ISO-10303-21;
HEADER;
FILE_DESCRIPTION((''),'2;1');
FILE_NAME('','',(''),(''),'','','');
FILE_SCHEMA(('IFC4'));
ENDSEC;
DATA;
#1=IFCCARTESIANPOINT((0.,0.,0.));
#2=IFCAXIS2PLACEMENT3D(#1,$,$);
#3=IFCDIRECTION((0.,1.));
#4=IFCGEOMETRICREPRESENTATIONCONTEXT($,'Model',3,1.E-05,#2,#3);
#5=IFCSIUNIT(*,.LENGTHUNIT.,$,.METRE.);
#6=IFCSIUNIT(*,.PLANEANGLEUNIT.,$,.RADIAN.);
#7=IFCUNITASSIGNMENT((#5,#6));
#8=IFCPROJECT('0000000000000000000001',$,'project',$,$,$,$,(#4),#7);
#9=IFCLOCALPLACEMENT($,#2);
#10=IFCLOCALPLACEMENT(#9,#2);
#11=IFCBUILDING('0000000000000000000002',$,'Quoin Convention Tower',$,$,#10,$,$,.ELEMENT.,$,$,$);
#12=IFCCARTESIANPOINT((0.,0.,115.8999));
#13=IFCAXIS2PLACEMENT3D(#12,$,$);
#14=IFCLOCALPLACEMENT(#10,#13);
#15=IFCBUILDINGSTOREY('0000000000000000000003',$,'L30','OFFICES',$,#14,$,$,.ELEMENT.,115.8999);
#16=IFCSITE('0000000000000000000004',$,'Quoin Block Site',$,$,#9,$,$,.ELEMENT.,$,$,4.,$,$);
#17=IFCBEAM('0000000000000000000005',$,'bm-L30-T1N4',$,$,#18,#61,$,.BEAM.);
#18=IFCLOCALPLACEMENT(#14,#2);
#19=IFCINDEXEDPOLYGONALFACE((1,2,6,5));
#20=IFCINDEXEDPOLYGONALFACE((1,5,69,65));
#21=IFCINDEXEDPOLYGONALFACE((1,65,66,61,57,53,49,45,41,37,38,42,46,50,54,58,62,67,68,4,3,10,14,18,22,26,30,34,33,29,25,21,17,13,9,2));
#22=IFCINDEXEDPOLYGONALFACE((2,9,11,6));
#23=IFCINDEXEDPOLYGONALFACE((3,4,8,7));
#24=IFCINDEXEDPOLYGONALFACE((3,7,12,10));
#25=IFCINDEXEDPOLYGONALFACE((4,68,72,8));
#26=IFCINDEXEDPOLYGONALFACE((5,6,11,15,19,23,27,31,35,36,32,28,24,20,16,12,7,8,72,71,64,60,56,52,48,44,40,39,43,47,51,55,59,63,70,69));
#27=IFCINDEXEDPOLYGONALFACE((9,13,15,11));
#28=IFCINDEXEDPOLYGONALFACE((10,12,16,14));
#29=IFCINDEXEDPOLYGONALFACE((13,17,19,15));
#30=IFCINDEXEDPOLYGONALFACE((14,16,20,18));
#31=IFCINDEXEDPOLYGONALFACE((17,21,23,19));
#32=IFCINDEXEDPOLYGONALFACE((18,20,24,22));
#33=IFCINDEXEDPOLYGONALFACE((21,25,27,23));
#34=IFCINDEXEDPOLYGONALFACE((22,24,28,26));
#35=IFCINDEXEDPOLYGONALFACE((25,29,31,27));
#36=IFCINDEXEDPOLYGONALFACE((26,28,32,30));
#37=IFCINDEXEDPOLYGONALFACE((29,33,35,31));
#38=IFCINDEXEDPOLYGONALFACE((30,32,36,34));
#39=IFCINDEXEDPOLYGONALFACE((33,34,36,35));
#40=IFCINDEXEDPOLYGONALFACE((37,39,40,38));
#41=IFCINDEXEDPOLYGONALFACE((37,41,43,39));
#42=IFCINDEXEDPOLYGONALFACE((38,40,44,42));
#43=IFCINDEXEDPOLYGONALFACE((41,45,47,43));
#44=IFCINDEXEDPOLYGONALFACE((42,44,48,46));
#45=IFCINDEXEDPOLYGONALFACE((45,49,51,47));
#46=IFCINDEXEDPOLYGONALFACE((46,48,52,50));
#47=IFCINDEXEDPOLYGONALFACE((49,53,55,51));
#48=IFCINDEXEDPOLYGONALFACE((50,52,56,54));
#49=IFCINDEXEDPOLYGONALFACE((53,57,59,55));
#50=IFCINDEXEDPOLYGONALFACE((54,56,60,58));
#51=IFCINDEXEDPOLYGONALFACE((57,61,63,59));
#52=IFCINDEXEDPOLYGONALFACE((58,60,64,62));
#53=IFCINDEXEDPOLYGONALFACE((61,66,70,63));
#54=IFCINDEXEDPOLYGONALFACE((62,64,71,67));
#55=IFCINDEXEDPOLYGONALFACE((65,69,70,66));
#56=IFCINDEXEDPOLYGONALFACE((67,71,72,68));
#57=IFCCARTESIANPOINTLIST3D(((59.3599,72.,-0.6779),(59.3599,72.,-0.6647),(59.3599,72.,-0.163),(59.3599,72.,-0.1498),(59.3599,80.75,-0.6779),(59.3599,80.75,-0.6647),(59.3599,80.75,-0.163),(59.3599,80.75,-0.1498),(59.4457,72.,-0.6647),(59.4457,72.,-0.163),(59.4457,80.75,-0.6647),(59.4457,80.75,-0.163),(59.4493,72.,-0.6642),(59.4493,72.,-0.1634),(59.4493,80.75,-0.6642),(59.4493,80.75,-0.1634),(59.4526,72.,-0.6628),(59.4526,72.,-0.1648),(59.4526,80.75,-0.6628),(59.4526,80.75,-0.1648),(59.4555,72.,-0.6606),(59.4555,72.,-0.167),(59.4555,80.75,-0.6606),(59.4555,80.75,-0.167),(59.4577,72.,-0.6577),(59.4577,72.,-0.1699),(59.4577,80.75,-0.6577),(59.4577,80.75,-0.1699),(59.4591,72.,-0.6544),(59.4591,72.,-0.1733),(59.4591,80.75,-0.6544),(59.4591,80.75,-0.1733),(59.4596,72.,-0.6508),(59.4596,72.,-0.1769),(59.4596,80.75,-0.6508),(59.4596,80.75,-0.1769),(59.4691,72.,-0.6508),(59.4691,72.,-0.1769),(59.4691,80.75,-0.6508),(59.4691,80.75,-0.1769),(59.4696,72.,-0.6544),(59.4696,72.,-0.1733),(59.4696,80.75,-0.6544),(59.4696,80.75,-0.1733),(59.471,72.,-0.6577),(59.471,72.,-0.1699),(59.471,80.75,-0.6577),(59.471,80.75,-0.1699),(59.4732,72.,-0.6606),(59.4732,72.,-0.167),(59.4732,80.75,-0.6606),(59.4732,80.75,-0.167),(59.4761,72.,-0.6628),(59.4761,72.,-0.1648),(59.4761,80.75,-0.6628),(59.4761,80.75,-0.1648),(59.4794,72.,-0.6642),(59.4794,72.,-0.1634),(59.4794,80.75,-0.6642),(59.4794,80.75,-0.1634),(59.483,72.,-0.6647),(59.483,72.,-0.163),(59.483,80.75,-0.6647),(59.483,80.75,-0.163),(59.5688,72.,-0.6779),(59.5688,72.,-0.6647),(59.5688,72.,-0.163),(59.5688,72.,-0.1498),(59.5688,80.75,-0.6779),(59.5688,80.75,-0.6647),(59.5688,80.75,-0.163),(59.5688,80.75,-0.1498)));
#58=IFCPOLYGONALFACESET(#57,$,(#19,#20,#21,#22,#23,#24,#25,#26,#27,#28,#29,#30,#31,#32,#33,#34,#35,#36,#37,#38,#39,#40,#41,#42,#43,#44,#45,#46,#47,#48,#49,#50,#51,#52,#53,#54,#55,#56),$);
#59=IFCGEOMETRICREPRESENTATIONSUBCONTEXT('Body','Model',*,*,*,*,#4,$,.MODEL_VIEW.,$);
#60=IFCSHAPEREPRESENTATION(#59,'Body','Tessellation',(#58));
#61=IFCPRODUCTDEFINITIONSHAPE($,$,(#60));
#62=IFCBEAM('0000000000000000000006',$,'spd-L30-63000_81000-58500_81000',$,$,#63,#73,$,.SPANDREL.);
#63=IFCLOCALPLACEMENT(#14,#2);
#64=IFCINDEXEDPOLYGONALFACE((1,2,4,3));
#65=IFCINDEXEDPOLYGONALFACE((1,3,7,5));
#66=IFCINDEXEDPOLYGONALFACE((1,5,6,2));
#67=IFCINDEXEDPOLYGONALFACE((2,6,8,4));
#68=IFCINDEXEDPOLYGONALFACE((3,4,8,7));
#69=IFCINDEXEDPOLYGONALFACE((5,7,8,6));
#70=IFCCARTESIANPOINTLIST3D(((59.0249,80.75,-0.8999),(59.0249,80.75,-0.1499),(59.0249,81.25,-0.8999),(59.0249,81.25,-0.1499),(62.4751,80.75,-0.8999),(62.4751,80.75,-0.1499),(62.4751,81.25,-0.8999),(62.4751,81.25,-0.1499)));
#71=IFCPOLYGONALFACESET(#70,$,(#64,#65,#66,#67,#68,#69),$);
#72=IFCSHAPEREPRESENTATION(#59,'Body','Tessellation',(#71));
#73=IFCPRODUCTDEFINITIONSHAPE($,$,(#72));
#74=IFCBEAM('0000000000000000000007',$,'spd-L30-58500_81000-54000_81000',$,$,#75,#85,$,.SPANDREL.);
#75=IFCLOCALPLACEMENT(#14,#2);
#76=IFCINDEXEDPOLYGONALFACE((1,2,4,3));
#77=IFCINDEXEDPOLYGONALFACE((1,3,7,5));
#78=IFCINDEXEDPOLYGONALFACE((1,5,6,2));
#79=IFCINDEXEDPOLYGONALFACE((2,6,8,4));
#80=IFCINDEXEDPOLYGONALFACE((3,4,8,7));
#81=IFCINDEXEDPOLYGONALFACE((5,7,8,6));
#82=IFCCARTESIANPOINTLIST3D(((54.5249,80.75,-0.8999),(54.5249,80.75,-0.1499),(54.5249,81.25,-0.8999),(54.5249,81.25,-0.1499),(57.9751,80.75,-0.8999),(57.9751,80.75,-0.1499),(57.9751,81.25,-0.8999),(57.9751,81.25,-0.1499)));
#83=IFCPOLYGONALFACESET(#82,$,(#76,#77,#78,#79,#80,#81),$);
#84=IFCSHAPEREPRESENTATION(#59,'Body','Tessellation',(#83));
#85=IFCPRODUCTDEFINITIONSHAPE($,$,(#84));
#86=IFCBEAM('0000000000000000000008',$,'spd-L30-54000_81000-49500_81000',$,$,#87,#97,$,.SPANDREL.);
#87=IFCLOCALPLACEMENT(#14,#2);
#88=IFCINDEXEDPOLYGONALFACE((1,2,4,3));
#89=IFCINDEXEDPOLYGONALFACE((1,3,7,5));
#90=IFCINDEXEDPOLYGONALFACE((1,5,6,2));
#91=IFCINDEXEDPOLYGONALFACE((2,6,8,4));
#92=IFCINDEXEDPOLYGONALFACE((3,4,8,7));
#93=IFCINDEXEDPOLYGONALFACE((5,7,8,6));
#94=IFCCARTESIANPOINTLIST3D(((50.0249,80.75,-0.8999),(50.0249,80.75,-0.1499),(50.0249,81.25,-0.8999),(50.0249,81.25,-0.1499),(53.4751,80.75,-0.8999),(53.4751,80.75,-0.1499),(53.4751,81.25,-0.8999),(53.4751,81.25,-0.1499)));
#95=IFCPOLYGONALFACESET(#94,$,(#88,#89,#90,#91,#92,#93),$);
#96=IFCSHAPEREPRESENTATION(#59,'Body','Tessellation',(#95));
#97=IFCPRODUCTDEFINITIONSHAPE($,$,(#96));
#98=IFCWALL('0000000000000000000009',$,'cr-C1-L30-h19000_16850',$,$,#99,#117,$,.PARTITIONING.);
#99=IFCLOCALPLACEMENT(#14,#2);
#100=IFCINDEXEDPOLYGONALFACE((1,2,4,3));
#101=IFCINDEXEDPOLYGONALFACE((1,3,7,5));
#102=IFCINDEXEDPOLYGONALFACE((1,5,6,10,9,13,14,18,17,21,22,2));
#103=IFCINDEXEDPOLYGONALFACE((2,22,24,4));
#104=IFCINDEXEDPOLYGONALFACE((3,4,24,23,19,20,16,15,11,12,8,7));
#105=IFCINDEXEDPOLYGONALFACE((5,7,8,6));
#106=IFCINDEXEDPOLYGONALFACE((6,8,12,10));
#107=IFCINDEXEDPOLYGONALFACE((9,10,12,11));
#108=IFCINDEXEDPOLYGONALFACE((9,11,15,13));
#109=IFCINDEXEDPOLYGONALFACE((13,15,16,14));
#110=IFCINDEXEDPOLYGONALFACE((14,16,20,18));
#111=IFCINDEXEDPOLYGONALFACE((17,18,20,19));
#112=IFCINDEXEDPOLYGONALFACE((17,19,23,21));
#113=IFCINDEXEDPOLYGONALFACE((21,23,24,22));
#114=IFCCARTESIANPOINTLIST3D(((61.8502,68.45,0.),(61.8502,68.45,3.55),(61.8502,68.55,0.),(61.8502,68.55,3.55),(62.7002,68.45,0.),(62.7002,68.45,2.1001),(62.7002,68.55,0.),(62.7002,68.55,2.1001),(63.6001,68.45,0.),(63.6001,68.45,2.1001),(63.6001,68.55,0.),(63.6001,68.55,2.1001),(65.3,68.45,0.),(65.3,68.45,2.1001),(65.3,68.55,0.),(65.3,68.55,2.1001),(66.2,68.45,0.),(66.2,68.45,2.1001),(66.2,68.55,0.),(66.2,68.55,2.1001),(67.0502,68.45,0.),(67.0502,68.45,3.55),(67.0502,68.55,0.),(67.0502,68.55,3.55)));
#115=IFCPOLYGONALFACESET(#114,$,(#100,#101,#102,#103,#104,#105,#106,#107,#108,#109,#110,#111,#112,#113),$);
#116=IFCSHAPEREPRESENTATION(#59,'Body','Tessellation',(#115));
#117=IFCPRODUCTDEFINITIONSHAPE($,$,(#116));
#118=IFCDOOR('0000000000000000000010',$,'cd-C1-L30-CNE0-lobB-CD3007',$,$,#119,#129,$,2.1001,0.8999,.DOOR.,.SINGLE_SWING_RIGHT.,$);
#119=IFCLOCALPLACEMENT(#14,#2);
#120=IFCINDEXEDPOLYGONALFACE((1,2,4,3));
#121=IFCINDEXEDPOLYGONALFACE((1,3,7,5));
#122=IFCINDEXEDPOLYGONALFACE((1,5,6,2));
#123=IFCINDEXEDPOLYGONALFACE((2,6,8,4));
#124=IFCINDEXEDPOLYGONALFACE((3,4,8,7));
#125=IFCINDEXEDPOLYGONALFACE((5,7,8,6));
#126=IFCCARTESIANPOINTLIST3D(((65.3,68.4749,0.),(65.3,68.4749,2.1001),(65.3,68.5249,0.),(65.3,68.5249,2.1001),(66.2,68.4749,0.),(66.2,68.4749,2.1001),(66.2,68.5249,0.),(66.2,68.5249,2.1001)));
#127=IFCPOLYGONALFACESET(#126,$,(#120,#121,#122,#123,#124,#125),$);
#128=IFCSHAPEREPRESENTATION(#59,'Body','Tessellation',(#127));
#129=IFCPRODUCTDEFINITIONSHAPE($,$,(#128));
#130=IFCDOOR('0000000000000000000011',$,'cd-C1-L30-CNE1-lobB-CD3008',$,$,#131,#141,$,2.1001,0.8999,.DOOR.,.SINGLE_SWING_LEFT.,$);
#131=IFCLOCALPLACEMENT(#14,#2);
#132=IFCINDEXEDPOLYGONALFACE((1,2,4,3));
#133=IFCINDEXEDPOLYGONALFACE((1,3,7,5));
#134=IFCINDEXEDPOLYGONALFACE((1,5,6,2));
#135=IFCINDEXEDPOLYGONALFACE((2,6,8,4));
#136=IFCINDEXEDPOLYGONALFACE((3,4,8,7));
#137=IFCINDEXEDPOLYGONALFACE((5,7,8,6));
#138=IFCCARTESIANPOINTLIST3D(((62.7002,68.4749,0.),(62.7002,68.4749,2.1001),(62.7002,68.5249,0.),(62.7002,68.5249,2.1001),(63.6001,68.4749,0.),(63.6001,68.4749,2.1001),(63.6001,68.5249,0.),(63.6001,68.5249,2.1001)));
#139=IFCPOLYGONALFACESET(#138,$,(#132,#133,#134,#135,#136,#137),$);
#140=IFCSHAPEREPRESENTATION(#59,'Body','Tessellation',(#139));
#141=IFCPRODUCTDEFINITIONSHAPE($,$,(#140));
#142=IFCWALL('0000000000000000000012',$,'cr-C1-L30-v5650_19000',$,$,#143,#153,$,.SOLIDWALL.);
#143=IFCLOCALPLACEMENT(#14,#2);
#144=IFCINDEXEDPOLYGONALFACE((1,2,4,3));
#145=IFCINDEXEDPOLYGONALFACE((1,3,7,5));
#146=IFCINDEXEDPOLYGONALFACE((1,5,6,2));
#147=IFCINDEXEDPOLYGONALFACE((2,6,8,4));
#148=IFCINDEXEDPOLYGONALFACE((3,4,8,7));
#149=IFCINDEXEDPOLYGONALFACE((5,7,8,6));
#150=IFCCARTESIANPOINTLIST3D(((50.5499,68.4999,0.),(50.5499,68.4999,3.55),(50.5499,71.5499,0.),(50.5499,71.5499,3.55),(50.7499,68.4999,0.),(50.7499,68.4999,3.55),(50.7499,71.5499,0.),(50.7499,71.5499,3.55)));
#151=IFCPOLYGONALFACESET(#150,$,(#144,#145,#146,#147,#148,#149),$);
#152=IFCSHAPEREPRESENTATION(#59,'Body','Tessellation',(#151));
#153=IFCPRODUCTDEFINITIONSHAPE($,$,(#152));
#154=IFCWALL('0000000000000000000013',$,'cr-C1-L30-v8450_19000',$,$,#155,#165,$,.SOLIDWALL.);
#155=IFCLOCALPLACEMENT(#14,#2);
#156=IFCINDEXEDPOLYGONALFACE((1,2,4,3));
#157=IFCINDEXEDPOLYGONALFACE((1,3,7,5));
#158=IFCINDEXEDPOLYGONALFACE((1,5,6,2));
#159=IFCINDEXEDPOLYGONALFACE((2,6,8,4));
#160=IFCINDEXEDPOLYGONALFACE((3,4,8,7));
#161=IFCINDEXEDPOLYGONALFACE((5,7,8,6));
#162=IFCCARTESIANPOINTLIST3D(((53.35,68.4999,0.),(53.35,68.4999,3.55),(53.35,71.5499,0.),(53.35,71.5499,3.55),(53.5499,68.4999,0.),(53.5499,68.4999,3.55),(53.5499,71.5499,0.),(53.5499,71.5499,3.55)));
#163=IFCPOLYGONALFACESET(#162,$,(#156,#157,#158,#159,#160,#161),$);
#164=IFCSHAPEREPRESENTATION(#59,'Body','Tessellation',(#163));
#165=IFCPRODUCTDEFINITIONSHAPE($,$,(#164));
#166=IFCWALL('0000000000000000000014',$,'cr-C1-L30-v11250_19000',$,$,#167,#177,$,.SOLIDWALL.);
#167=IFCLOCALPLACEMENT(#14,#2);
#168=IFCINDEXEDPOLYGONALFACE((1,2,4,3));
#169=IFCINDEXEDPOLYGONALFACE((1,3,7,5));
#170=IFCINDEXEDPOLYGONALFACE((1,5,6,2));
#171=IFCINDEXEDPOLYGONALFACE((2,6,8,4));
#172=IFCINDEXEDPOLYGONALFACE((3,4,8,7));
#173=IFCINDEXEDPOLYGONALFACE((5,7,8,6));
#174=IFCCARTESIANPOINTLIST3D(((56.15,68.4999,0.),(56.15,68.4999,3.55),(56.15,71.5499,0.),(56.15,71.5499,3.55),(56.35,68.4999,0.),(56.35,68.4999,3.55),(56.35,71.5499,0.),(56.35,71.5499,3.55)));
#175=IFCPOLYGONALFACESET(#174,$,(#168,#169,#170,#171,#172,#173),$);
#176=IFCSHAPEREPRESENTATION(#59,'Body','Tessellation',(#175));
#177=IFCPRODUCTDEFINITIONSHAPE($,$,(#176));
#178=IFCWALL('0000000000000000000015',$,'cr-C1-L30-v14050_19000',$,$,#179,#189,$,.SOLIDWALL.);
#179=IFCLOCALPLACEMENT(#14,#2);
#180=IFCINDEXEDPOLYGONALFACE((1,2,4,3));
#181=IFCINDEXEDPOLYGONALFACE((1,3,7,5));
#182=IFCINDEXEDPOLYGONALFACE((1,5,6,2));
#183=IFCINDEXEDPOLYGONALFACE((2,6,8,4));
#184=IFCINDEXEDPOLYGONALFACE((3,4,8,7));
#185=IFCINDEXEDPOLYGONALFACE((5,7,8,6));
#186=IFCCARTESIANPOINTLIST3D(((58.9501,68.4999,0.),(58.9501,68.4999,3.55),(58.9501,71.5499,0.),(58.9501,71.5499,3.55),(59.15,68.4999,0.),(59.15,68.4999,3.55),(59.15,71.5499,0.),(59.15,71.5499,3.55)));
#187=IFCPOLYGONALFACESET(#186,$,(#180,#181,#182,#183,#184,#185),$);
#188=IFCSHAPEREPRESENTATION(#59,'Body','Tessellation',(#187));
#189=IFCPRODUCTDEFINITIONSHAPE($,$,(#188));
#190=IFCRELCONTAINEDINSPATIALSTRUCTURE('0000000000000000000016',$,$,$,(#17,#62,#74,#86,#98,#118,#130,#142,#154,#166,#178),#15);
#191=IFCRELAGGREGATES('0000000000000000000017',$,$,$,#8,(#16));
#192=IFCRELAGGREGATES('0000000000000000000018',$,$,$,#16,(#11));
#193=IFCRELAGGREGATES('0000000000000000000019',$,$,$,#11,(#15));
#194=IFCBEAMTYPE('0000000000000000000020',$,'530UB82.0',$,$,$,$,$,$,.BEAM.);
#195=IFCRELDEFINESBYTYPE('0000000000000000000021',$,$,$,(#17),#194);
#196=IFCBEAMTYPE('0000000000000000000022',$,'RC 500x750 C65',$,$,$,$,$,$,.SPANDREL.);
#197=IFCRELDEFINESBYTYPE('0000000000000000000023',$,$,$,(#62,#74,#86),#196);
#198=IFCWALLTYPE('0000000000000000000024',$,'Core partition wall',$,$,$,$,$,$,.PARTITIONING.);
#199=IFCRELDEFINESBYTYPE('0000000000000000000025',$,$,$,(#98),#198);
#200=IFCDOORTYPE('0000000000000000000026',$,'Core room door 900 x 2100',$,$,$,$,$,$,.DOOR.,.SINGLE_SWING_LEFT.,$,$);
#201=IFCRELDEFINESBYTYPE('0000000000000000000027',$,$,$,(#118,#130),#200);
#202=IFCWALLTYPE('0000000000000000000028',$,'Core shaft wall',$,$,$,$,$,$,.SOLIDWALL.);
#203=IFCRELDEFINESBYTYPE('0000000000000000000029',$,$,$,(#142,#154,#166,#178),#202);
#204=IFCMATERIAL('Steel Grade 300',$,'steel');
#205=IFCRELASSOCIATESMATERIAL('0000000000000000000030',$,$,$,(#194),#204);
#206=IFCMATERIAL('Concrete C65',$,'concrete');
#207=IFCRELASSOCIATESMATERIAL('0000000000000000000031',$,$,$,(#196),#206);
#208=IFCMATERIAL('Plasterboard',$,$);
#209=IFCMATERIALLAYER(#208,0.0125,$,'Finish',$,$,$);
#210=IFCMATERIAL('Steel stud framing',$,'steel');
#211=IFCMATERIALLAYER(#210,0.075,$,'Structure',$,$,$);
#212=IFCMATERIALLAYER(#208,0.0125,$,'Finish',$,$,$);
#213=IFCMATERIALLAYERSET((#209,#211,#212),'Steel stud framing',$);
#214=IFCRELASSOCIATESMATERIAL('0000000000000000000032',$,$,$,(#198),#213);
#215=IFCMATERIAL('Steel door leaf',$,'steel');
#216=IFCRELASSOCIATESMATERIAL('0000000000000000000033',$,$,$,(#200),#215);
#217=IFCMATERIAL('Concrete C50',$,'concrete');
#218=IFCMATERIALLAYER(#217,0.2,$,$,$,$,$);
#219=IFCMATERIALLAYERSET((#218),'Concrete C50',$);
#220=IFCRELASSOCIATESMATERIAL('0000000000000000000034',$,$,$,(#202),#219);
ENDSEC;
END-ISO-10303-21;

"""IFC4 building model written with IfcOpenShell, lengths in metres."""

from ifc_helpers import new_model, si_unit, direction, frame, frame_2d, origin, origin_2d, place, context, subcontext, project, spatial, rectangle, i_section, extrude, material, layer, layer_set, material_profile, profile_set, type_object, element, fill, save


model = new_model("IFC4")

# Units and contexts
model_context = context("Model", 3, precision=1e-05, world=origin(), true_north=direction((0.0, 1.0)))
body_context = subcontext(model_context, "Body", "Model", "MODEL_VIEW")
ifc_project = project(units=[si_unit("LENGTHUNIT", "METRE"), si_unit("PLANEANGLEUNIT", "RADIAN")], contexts=[model_context])

# Site, building, storey
site_placement = place(None, origin())
site = spatial("IfcSite", under=ifc_project, at=site_placement, Name="Quoin Block Site", CompositionType="ELEMENT", RefElevation=4.0)
building_placement = place(site_placement, origin())
building = spatial("IfcBuilding", under=site, at=building_placement, Name="Quoin Convention Tower", CompositionType="ELEMENT")
storey_placement = place(building_placement, frame((0.0, 0.0, 115.8999)))
storey = spatial("IfcBuildingStorey", under=building, at=storey_placement, Name="L30", Description="OFFICES", CompositionType="ELEMENT", Elevation=115.8999)

# Shared definitions
ifc_material_1 = material(Name="Concrete C65", Category="concrete")

# Beams
ifc_material_2 = material(Name="Steel Grade 300", Category="steel")
ifc_material_profile_1 = material_profile(ifc_material_2, i_section(OverallWidth=0.209, OverallDepth=0.5281, WebThickness=0.0095, FlangeThickness=0.0132, FilletRadius=0.0139, at=origin_2d()), Name="530UB82.0")
ifc_profile_set_1 = profile_set([ifc_material_profile_1], Name="Steel Grade 300")
beam_type_1 = type_object("IfcBeamType", Name="530UB82.0", PredefinedType="BEAM", material=ifc_profile_set_1)
for number, where, z_axis, x_axis, name in (
    (1, (59.4644, 72.0, -0.4138), (0.0, 1.0, 0.0), (-1.0, 0.0, 0.0), "bm-L30-T1N4"),
):
    element("IfcBeam", number, at=place(storey_placement, frame(where, z_axis=z_axis, x_axis=x_axis)), inside=storey, type_object=beam_type_1, Name=name, PredefinedType="BEAM", context=body_context, shape_type="SweptSolid", body=[
        extrude(i_section(OverallWidth=0.209, OverallDepth=0.5281, WebThickness=0.0095, FlangeThickness=0.0132, FilletRadius=0.0139, at=origin_2d()), origin(), (0.0, 0.0, 1.0), 8.75),
    ])
ifc_material_profile_2 = material_profile(ifc_material_1, rectangle(XDim=0.5, YDim=0.75, at=origin_2d()), Name="RC 500x750")
ifc_profile_set_2 = profile_set([ifc_material_profile_2], Name="Concrete C65")
beam_type_2 = type_object("IfcBeamType", Name="RC 500x750 C65", PredefinedType="SPANDREL", material=ifc_profile_set_2)
for number, where, z_axis, x_axis, name in (
    (2, (62.4751, 81.0, -0.5249), (-1.0, 0.0, 0.0), (0.0, -1.0, 0.0), "spd-L30-63000_81000-58500_81000"),
    (3, (57.9751, 81.0, -0.5249), (-1.0, 0.0, 0.0), (0.0, -1.0, 0.0), "spd-L30-58500_81000-54000_81000"),
    (4, (53.4751, 81.0, -0.5249), (-1.0, 0.0, 0.0), (0.0, -1.0, 0.0), "spd-L30-54000_81000-49500_81000"),
):
    element("IfcBeam", number, at=place(storey_placement, frame(where, z_axis=z_axis, x_axis=x_axis)), inside=storey, type_object=beam_type_2, Name=name, PredefinedType="SPANDREL", context=body_context, shape_type="SweptSolid", body=[
        extrude(rectangle(XDim=0.5, YDim=0.75, at=origin_2d()), origin(), (0.0, 0.0, 1.0), 3.4502),
    ])

# Wall, openings, doors
ifc_material_3 = material(Name="Plasterboard")
ifc_layer_1 = layer(ifc_material_3, 0.0125, Name="Finish")
ifc_material_4 = material(Name="Steel stud framing", Category="steel")
ifc_layer_2 = layer(ifc_material_4, 0.075, Name="Structure")
ifc_layer_3 = layer(ifc_material_3, 0.0125, Name="Finish")
ifc_layer_set_1 = layer_set([ifc_layer_1, ifc_layer_2, ifc_layer_3], Name="Steel stud framing")
wall_type_1 = type_object("IfcWallType", Name="Core partition wall", PredefinedType="PARTITIONING", material=ifc_layer_set_1)
wall_1_placement = place(storey_placement, frame((61.8501, 68.5, 0.0), z_axis=(0.0, 0.0, 1.0), x_axis=(1.0, 0.0, 0.0)))
wall_1 = element("IfcWall", 5, at=wall_1_placement, inside=storey, type_object=wall_type_1, Name="cr-C1-L30-h19000_16850", PredefinedType="PARTITIONING", context=body_context, shape_type="SweptSolid", body=[
    extrude(rectangle(XDim=5.2, YDim=0.1001, at=frame_2d((2.6001, 0.0))), origin(), (0.0, 0.0, 1.0), 3.55),
])
opening_1_placement = place(wall_1_placement, frame((3.45, 0.0, 0.0)))
opening_1 = element("IfcOpeningElement", 6, at=opening_1_placement, cuts=wall_1, PredefinedType="OPENING", context=body_context, shape_type="SweptSolid", body=[
    extrude(rectangle(XDim=0.8999, YDim=2.1001, at=frame_2d((0.45, 1.05))), frame((0.0, 0.0601, 0.0), z_axis=(0.0, -1.0, 0.0), x_axis=(1.0, 0.0, 0.0)), (0.0, 0.0, 1.0), 0.1201),
])
opening_2_placement = place(wall_1_placement, frame((0.8501, 0.0, 0.0)))
opening_2 = element("IfcOpeningElement", 7, at=opening_2_placement, cuts=wall_1, PredefinedType="OPENING", context=body_context, shape_type="SweptSolid", body=[
    extrude(rectangle(XDim=0.8999, YDim=2.1001, at=frame_2d((0.45, 1.05))), frame((0.0, 0.0601, 0.0), z_axis=(0.0, -1.0, 0.0), x_axis=(1.0, 0.0, 0.0)), (0.0, 0.0, 1.0), 0.1201),
])
ifc_material_5 = material(Name="Steel door leaf", Category="steel")
door_type_1 = type_object("IfcDoorType", Name="Core room door 900 x 2100", OperationType="SINGLE_SWING_LEFT", PredefinedType="DOOR", material=ifc_material_5)
door_1_placement = place(opening_1_placement, origin())
door_1 = element("IfcDoor", 8, at=door_1_placement, inside=storey, type_object=door_type_1, Name="cd-C1-L30-CNE0-lobB-CD3007", OperationType="SINGLE_SWING_RIGHT", OverallHeight=2.1001, OverallWidth=0.8999, PredefinedType="DOOR", context=body_context, shape_type="SweptSolid", body=[
    extrude(rectangle(XDim=0.8999, YDim=2.1001, at=frame_2d((0.45, 1.05))), frame((0.0, 0.0249, 0.0), z_axis=(0.0, -1.0, 0.0), x_axis=(1.0, 0.0, 0.0)), (0.0, 0.0, 1.0), 0.05),
])
fill(opening_1, door_1)
door_2_placement = place(opening_2_placement, origin())
door_2 = element("IfcDoor", 9, at=door_2_placement, inside=storey, type_object=door_type_1, Name="cd-C1-L30-CNE1-lobB-CD3008", OperationType="SINGLE_SWING_LEFT", OverallHeight=2.1001, OverallWidth=0.8999, PredefinedType="DOOR", context=body_context, shape_type="SweptSolid", body=[
    extrude(rectangle(XDim=0.8999, YDim=2.1001, at=frame_2d((0.45, 1.05))), frame((0.0, 0.0249, 0.0), z_axis=(0.0, -1.0, 0.0), x_axis=(1.0, 0.0, 0.0)), (0.0, 0.0, 1.0), 0.05),
])
fill(opening_2, door_2)

# Walls
ifc_material_6 = material(Name="Concrete C50", Category="concrete")
ifc_layer_4 = layer(ifc_material_6, 0.2)
ifc_layer_set_2 = layer_set([ifc_layer_4], Name="Concrete C50")
wall_type_2 = type_object("IfcWallType", Name="Core shaft wall", PredefinedType="SOLIDWALL", material=ifc_layer_set_2)
for number, where, z_axis, x_axis, name in (
    (10, (50.6499, 68.5, 0.0), (0.0, 0.0, 1.0), (0.0, 1.0, 0.0), "cr-C1-L30-v5650_19000"),
    (11, (53.45, 68.5, 0.0), (0.0, 0.0, 1.0), (0.0, 1.0, 0.0), "cr-C1-L30-v8450_19000"),
    (12, (56.25, 68.5, 0.0), (0.0, 0.0, 1.0), (0.0, 1.0, 0.0), "cr-C1-L30-v11250_19000"),
    (13, (59.05, 68.5, 0.0), (0.0, 0.0, 1.0), (0.0, 1.0, 0.0), "cr-C1-L30-v14050_19000"),
):
    element("IfcWall", number, at=place(storey_placement, frame(where, z_axis=z_axis, x_axis=x_axis)), inside=storey, type_object=wall_type_2, Name=name, PredefinedType="SOLIDWALL", context=body_context, shape_type="SweptSolid", body=[
        extrude(rectangle(XDim=3.05, YDim=0.2, at=frame_2d((1.5249, 0.0))), origin(), (0.0, 0.0, 1.0), 3.55),
    ])

save(model, "model.ifc")
